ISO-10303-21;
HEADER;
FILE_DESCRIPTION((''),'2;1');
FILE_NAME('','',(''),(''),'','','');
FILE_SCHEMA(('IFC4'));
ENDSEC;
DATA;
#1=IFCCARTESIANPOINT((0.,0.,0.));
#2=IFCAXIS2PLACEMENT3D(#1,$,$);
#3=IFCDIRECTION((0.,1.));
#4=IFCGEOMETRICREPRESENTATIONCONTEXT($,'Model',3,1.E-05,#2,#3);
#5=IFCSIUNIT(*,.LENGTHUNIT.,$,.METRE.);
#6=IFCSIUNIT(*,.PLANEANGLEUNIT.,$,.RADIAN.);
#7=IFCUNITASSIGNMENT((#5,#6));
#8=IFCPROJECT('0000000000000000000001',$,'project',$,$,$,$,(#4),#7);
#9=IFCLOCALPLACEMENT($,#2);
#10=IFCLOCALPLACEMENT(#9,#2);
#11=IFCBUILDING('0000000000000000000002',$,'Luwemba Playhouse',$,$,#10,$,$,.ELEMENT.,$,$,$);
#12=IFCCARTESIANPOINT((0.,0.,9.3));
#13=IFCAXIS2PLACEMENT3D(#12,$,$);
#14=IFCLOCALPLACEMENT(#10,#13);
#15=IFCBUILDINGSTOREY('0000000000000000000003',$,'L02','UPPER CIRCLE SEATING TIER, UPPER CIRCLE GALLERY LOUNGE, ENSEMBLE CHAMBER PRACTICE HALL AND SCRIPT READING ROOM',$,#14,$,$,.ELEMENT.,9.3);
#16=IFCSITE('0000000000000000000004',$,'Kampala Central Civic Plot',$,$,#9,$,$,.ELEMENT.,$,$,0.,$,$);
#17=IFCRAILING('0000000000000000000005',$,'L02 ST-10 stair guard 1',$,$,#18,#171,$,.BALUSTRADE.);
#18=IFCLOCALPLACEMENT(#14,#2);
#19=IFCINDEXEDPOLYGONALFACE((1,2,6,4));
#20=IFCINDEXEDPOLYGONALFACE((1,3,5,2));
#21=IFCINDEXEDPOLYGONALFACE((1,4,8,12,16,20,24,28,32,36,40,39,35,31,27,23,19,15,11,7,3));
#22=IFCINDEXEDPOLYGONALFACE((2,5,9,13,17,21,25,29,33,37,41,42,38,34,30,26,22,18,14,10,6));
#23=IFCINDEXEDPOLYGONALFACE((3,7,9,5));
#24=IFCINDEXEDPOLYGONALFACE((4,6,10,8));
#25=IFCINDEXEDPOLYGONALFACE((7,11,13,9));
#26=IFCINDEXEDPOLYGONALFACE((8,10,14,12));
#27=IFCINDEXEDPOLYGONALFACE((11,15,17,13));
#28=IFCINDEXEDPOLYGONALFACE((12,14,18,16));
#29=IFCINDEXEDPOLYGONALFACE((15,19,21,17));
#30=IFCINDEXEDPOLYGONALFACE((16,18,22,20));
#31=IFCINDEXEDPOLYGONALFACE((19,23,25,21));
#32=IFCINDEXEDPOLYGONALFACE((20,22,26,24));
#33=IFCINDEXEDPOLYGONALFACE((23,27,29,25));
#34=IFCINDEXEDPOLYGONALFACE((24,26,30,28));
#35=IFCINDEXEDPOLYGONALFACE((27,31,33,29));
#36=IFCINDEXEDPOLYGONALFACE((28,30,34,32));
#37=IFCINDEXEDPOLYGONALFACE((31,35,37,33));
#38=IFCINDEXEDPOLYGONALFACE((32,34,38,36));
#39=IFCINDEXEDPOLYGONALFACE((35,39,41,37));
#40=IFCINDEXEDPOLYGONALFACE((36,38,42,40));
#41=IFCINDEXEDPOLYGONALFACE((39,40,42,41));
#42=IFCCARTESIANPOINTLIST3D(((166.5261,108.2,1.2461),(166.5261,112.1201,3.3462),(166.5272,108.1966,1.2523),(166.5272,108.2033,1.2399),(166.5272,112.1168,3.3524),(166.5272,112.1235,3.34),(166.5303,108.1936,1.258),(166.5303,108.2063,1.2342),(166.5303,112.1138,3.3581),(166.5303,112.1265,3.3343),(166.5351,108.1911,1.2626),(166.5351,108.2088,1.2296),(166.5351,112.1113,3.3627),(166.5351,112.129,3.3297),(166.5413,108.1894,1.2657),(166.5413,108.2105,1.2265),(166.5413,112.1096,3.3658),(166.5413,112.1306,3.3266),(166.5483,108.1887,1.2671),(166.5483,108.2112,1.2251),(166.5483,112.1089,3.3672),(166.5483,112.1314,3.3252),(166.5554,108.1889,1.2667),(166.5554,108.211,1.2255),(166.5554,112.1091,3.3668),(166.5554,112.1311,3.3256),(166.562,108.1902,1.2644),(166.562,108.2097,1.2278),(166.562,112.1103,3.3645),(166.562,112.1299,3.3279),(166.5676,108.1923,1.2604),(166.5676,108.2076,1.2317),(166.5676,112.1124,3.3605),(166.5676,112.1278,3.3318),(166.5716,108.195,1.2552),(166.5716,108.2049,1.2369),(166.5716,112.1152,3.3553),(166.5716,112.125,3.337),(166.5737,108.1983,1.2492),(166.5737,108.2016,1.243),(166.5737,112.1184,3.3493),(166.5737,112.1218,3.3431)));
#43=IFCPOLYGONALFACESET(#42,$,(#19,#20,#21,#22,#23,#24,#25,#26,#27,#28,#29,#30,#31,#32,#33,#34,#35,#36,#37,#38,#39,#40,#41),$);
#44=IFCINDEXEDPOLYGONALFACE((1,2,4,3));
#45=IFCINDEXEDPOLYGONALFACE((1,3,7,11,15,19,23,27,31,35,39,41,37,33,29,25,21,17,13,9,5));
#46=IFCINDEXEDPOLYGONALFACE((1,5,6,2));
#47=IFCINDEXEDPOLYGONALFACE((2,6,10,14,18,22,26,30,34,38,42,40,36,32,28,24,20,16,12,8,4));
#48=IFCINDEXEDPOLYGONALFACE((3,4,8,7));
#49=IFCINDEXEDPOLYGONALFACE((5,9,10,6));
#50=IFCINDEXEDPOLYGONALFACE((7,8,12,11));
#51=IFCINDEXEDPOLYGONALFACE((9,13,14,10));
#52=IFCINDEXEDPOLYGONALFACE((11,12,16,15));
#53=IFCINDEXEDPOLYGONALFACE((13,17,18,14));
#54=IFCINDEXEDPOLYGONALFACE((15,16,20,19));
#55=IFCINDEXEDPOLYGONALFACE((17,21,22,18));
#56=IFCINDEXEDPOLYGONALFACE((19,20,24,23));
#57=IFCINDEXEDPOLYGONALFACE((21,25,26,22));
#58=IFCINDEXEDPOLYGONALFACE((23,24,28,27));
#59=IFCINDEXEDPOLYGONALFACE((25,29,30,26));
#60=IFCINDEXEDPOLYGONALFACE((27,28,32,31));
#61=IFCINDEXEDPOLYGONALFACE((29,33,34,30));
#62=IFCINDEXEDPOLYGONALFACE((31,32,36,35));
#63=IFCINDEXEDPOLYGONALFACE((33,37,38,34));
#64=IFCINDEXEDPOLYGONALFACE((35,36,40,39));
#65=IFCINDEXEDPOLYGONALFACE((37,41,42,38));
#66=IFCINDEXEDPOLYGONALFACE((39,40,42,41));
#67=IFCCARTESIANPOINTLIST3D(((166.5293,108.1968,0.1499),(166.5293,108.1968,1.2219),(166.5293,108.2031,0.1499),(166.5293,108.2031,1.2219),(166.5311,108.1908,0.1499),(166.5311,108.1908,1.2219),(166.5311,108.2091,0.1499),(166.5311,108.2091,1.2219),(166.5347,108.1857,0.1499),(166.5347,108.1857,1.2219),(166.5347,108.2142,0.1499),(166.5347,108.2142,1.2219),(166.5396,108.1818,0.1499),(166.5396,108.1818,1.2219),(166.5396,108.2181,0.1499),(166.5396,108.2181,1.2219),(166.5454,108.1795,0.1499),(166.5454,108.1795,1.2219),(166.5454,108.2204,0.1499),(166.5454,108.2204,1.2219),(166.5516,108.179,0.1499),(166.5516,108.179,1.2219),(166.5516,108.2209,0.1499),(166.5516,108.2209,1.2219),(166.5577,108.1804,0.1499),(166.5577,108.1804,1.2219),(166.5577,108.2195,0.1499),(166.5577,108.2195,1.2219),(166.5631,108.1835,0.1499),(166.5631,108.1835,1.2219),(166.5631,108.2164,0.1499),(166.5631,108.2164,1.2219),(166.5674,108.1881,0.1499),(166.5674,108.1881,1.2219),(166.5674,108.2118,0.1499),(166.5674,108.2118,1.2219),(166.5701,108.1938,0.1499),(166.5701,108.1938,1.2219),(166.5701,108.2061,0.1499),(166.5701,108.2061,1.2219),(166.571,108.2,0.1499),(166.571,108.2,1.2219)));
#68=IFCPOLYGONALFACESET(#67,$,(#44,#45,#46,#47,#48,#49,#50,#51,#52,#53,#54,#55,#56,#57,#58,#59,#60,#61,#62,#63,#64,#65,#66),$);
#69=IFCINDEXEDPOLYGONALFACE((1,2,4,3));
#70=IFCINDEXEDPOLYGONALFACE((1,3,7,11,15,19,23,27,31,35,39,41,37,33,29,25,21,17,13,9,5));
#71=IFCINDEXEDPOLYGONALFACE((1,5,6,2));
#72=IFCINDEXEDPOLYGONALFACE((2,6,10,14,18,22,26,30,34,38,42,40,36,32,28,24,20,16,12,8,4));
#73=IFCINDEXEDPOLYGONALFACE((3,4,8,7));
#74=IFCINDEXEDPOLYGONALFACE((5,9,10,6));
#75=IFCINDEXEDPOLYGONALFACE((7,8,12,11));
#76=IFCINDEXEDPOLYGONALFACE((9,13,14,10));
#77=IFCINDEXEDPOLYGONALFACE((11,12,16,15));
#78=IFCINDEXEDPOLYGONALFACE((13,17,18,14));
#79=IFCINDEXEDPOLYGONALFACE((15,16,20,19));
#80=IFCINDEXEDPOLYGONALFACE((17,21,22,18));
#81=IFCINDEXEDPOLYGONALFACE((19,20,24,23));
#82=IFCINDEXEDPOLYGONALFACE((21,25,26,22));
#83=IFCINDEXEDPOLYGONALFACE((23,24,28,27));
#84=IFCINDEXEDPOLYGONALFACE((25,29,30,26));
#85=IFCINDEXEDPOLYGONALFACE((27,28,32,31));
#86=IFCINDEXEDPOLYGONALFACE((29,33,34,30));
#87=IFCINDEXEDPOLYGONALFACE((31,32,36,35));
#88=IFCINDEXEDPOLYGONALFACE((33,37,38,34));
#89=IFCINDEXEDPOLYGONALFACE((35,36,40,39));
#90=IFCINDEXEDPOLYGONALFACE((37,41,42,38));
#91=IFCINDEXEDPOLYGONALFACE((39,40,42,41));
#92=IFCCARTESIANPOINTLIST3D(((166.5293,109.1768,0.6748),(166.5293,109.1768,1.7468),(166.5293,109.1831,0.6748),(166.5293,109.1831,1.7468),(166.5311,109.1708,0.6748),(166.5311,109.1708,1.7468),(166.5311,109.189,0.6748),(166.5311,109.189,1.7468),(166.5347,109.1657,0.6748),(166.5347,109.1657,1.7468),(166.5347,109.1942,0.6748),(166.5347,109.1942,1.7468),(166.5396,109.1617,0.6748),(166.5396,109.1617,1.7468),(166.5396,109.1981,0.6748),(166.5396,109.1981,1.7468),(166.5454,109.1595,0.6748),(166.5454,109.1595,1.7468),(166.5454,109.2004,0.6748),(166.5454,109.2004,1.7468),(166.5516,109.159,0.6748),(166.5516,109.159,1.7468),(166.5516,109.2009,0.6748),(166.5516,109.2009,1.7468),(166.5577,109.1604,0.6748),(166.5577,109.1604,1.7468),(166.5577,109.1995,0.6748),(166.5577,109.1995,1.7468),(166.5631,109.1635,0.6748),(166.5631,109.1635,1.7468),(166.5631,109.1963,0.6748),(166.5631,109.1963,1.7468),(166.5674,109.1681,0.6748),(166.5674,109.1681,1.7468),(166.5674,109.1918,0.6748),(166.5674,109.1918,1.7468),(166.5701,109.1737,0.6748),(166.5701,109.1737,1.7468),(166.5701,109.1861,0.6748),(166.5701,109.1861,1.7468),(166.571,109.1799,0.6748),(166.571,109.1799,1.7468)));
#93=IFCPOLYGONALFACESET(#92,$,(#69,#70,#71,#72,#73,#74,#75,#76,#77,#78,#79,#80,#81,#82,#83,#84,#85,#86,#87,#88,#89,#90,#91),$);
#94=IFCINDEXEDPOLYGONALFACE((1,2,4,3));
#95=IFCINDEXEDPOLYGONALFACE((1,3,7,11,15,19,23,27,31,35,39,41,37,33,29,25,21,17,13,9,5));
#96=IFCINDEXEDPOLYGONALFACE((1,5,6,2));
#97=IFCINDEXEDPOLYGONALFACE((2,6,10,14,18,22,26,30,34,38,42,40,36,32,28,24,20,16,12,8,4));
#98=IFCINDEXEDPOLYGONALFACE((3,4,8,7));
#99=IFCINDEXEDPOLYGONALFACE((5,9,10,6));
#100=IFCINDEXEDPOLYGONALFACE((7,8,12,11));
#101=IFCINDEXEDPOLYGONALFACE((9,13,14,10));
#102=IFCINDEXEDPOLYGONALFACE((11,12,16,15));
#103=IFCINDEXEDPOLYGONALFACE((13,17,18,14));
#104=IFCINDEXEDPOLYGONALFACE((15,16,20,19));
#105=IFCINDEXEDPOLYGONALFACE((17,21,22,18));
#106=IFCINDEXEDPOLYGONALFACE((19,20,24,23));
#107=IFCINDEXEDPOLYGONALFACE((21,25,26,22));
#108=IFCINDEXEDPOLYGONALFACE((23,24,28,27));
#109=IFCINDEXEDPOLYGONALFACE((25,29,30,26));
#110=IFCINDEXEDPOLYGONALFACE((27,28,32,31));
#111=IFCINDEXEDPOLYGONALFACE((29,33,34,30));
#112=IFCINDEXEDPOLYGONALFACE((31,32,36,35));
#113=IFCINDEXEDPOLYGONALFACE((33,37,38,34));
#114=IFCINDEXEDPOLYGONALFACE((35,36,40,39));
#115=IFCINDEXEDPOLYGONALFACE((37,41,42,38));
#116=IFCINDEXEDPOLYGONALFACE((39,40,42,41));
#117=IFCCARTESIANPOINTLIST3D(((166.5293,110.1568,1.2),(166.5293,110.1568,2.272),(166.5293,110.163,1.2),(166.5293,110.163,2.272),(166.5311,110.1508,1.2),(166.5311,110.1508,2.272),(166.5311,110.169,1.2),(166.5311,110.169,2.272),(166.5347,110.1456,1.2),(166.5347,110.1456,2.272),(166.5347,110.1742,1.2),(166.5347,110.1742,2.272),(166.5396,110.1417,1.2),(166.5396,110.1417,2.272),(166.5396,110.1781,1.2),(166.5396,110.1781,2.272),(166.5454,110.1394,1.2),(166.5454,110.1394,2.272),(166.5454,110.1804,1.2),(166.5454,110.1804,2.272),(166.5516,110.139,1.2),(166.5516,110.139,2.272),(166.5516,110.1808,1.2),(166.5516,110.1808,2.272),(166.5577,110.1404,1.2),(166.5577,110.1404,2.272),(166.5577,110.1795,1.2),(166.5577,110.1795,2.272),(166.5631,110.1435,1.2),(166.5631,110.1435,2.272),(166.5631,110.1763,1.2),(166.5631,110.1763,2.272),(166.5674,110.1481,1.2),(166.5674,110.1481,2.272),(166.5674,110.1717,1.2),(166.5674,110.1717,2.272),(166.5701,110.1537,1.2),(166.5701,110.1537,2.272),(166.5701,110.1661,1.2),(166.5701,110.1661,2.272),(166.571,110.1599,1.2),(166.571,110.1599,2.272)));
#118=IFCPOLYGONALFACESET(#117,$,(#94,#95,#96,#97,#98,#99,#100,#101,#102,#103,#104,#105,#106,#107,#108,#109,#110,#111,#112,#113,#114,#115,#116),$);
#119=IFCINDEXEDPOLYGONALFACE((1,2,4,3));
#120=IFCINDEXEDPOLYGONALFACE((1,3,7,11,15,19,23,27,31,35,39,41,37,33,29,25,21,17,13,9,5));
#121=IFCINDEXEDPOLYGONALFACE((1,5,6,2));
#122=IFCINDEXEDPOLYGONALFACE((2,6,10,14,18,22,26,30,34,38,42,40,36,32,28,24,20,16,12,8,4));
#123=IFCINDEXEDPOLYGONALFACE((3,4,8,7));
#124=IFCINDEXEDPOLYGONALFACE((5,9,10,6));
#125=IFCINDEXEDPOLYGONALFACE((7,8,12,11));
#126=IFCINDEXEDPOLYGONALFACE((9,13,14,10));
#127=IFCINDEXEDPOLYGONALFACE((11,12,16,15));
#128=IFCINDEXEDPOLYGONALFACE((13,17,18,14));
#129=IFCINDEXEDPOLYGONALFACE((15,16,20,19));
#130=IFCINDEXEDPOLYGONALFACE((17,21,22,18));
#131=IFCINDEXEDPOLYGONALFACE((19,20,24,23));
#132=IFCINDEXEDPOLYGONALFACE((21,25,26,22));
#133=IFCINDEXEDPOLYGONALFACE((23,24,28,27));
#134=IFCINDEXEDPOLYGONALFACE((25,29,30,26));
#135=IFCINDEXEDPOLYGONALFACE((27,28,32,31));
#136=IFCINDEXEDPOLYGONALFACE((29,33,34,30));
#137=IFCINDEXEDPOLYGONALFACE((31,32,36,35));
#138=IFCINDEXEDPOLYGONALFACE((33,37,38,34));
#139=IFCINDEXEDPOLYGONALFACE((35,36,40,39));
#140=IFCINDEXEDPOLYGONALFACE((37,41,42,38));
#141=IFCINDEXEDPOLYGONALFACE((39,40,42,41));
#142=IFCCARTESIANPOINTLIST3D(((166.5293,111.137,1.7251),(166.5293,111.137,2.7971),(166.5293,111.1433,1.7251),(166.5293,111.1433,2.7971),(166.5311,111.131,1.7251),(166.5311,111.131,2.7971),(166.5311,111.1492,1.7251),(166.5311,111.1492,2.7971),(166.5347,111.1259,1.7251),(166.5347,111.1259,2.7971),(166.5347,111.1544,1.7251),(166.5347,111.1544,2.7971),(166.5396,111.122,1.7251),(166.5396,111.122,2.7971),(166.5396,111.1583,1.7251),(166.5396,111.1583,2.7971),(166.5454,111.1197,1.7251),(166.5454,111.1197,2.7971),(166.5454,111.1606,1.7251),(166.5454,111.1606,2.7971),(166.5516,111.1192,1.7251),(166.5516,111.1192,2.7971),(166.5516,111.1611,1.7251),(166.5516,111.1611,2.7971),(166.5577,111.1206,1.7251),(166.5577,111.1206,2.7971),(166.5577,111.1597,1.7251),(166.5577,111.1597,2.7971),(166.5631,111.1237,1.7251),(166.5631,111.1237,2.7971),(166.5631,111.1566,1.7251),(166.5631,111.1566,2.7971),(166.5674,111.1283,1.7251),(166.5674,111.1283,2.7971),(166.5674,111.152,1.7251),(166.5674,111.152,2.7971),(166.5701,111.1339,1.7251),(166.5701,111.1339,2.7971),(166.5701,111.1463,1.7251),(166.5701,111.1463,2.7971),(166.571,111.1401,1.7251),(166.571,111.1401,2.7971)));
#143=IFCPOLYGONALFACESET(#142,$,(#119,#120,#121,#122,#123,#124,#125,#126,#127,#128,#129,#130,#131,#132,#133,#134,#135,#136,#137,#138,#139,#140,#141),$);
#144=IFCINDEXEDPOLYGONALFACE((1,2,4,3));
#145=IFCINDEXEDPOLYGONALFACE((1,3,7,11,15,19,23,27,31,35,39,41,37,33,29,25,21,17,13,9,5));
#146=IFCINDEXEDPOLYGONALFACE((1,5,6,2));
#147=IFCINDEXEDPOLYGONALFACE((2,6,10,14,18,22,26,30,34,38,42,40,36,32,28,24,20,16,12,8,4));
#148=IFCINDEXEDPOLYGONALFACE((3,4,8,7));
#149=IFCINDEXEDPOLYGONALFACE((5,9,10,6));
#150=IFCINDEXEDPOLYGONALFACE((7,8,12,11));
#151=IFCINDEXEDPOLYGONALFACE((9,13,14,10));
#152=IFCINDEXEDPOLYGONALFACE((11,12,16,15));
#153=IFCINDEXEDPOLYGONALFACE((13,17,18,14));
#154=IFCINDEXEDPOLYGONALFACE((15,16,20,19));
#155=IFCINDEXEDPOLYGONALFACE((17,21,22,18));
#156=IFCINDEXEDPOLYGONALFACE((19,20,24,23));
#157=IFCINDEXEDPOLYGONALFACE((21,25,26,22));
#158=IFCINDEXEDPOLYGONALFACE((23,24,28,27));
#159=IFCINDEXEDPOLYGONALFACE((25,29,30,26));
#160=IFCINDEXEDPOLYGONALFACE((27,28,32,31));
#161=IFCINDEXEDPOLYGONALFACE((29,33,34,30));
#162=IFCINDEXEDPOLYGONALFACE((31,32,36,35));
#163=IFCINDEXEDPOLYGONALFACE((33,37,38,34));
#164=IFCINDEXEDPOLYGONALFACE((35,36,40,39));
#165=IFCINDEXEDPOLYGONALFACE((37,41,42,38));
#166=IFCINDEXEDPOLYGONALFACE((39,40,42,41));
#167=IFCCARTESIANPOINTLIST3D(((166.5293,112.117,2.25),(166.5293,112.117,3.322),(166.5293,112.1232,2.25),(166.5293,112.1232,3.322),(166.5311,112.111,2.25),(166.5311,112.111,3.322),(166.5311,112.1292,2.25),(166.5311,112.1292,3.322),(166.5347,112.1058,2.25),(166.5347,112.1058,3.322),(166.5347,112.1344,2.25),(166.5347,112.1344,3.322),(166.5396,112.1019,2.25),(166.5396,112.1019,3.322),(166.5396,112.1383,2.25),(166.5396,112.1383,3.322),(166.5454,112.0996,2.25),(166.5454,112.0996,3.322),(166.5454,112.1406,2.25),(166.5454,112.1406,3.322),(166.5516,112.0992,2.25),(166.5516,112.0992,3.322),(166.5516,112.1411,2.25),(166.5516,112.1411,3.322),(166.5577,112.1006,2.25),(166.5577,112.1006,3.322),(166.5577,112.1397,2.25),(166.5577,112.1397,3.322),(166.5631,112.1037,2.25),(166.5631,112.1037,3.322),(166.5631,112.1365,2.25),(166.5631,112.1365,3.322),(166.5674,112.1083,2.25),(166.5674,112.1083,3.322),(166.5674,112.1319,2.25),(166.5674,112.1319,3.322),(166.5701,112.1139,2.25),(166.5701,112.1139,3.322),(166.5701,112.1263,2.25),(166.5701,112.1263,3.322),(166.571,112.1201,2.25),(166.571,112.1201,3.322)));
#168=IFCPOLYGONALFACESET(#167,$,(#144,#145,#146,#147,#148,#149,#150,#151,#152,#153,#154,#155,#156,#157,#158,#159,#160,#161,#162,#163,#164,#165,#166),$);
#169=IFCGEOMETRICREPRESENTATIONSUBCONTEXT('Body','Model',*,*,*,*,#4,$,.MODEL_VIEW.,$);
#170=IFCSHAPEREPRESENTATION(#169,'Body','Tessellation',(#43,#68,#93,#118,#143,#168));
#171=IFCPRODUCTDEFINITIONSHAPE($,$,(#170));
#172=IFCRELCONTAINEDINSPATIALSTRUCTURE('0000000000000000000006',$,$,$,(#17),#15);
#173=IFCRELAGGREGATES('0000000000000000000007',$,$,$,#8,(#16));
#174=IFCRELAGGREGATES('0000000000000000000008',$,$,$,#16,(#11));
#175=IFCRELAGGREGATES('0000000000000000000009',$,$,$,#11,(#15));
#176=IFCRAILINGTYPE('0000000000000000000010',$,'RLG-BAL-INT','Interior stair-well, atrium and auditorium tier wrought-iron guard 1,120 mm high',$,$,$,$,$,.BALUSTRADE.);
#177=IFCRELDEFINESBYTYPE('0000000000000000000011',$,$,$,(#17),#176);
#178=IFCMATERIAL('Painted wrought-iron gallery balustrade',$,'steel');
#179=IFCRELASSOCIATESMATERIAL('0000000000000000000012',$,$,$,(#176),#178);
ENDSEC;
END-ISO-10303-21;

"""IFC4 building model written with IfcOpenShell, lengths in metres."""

from ifc_helpers import new_model, si_unit, direction, frame, origin, origin_2d, place, context, subcontext, project, spatial, circle, extrude, material, type_object, element, save


model = new_model("IFC4")

# Units and contexts
model_context = context("Model", 3, precision=1e-05, world=origin(), true_north=direction((0.0, 1.0)))
body_context = subcontext(model_context, "Body", "Model", "MODEL_VIEW")
ifc_project = project(units=[si_unit("LENGTHUNIT", "METRE"), si_unit("PLANEANGLEUNIT", "RADIAN")], contexts=[model_context])

# Site, building, storey
site_placement = place(None, origin())
site = spatial("IfcSite", under=ifc_project, at=site_placement, Name="Kampala Central Civic Plot", CompositionType="ELEMENT", RefElevation=0.0)
building_placement = place(site_placement, origin())
building = spatial("IfcBuilding", under=site, at=building_placement, Name="Luwemba Playhouse", CompositionType="ELEMENT")
storey_placement = place(building_placement, frame((0.0, 0.0, 9.3)))
storey = spatial("IfcBuildingStorey", under=building, at=storey_placement, Name="L02", Description="UPPER CIRCLE SEATING TIER, UPPER CIRCLE GALLERY LOUNGE, ENSEMBLE CHAMBER PRACTICE HALL AND SCRIPT READING ROOM", CompositionType="ELEMENT", Elevation=9.3)

# Railing
ifc_material_1 = material(Name="Painted wrought-iron gallery balustrade", Category="steel")
railing_type_1 = type_object("IfcRailingType", Name="RLG-BAL-INT", Description="Interior stair-well, atrium and auditorium tier wrought-iron guard 1,120 mm high", PredefinedType="BALUSTRADE", material=ifc_material_1)
railing_1_placement = place(storey_placement, frame((166.55, 108.2, 0.1499)))
element("IfcRailing", 1, at=railing_1_placement, inside=storey, type_object=railing_type_1, Name="L02 ST-10 stair guard 1", PredefinedType="BALUSTRADE", context=body_context, shape_type="SweptSolid", body=[
    extrude(circle(Radius=0.0239, at=origin_2d()), frame((0.0, 0.0, 1.0962), z_axis=(0.0, 0.881479, 0.472223), x_axis=(-1.0, 0.0, 0.0)), (0.0, 0.0, 1.0), 4.4473),
    extrude(circle(Radius=0.021, at=origin_2d()), origin(), (0.0, 0.0, 1.0), 1.072),
    extrude(circle(Radius=0.021, at=origin_2d()), frame((0.0, 0.98, 0.5249)), (0.0, 0.0, 1.0), 1.072),
    extrude(circle(Radius=0.021, at=origin_2d()), frame((0.0, 1.96, 1.05)), (0.0, 0.0, 1.0), 1.072),
    extrude(circle(Radius=0.021, at=origin_2d()), frame((0.0, 2.9402, 1.5752)), (0.0, 0.0, 1.0), 1.072),
    extrude(circle(Radius=0.021, at=origin_2d()), frame((0.0, 3.9202, 2.1001)), (0.0, 0.0, 1.0), 1.072),
])

save(model, "model.ifc")
